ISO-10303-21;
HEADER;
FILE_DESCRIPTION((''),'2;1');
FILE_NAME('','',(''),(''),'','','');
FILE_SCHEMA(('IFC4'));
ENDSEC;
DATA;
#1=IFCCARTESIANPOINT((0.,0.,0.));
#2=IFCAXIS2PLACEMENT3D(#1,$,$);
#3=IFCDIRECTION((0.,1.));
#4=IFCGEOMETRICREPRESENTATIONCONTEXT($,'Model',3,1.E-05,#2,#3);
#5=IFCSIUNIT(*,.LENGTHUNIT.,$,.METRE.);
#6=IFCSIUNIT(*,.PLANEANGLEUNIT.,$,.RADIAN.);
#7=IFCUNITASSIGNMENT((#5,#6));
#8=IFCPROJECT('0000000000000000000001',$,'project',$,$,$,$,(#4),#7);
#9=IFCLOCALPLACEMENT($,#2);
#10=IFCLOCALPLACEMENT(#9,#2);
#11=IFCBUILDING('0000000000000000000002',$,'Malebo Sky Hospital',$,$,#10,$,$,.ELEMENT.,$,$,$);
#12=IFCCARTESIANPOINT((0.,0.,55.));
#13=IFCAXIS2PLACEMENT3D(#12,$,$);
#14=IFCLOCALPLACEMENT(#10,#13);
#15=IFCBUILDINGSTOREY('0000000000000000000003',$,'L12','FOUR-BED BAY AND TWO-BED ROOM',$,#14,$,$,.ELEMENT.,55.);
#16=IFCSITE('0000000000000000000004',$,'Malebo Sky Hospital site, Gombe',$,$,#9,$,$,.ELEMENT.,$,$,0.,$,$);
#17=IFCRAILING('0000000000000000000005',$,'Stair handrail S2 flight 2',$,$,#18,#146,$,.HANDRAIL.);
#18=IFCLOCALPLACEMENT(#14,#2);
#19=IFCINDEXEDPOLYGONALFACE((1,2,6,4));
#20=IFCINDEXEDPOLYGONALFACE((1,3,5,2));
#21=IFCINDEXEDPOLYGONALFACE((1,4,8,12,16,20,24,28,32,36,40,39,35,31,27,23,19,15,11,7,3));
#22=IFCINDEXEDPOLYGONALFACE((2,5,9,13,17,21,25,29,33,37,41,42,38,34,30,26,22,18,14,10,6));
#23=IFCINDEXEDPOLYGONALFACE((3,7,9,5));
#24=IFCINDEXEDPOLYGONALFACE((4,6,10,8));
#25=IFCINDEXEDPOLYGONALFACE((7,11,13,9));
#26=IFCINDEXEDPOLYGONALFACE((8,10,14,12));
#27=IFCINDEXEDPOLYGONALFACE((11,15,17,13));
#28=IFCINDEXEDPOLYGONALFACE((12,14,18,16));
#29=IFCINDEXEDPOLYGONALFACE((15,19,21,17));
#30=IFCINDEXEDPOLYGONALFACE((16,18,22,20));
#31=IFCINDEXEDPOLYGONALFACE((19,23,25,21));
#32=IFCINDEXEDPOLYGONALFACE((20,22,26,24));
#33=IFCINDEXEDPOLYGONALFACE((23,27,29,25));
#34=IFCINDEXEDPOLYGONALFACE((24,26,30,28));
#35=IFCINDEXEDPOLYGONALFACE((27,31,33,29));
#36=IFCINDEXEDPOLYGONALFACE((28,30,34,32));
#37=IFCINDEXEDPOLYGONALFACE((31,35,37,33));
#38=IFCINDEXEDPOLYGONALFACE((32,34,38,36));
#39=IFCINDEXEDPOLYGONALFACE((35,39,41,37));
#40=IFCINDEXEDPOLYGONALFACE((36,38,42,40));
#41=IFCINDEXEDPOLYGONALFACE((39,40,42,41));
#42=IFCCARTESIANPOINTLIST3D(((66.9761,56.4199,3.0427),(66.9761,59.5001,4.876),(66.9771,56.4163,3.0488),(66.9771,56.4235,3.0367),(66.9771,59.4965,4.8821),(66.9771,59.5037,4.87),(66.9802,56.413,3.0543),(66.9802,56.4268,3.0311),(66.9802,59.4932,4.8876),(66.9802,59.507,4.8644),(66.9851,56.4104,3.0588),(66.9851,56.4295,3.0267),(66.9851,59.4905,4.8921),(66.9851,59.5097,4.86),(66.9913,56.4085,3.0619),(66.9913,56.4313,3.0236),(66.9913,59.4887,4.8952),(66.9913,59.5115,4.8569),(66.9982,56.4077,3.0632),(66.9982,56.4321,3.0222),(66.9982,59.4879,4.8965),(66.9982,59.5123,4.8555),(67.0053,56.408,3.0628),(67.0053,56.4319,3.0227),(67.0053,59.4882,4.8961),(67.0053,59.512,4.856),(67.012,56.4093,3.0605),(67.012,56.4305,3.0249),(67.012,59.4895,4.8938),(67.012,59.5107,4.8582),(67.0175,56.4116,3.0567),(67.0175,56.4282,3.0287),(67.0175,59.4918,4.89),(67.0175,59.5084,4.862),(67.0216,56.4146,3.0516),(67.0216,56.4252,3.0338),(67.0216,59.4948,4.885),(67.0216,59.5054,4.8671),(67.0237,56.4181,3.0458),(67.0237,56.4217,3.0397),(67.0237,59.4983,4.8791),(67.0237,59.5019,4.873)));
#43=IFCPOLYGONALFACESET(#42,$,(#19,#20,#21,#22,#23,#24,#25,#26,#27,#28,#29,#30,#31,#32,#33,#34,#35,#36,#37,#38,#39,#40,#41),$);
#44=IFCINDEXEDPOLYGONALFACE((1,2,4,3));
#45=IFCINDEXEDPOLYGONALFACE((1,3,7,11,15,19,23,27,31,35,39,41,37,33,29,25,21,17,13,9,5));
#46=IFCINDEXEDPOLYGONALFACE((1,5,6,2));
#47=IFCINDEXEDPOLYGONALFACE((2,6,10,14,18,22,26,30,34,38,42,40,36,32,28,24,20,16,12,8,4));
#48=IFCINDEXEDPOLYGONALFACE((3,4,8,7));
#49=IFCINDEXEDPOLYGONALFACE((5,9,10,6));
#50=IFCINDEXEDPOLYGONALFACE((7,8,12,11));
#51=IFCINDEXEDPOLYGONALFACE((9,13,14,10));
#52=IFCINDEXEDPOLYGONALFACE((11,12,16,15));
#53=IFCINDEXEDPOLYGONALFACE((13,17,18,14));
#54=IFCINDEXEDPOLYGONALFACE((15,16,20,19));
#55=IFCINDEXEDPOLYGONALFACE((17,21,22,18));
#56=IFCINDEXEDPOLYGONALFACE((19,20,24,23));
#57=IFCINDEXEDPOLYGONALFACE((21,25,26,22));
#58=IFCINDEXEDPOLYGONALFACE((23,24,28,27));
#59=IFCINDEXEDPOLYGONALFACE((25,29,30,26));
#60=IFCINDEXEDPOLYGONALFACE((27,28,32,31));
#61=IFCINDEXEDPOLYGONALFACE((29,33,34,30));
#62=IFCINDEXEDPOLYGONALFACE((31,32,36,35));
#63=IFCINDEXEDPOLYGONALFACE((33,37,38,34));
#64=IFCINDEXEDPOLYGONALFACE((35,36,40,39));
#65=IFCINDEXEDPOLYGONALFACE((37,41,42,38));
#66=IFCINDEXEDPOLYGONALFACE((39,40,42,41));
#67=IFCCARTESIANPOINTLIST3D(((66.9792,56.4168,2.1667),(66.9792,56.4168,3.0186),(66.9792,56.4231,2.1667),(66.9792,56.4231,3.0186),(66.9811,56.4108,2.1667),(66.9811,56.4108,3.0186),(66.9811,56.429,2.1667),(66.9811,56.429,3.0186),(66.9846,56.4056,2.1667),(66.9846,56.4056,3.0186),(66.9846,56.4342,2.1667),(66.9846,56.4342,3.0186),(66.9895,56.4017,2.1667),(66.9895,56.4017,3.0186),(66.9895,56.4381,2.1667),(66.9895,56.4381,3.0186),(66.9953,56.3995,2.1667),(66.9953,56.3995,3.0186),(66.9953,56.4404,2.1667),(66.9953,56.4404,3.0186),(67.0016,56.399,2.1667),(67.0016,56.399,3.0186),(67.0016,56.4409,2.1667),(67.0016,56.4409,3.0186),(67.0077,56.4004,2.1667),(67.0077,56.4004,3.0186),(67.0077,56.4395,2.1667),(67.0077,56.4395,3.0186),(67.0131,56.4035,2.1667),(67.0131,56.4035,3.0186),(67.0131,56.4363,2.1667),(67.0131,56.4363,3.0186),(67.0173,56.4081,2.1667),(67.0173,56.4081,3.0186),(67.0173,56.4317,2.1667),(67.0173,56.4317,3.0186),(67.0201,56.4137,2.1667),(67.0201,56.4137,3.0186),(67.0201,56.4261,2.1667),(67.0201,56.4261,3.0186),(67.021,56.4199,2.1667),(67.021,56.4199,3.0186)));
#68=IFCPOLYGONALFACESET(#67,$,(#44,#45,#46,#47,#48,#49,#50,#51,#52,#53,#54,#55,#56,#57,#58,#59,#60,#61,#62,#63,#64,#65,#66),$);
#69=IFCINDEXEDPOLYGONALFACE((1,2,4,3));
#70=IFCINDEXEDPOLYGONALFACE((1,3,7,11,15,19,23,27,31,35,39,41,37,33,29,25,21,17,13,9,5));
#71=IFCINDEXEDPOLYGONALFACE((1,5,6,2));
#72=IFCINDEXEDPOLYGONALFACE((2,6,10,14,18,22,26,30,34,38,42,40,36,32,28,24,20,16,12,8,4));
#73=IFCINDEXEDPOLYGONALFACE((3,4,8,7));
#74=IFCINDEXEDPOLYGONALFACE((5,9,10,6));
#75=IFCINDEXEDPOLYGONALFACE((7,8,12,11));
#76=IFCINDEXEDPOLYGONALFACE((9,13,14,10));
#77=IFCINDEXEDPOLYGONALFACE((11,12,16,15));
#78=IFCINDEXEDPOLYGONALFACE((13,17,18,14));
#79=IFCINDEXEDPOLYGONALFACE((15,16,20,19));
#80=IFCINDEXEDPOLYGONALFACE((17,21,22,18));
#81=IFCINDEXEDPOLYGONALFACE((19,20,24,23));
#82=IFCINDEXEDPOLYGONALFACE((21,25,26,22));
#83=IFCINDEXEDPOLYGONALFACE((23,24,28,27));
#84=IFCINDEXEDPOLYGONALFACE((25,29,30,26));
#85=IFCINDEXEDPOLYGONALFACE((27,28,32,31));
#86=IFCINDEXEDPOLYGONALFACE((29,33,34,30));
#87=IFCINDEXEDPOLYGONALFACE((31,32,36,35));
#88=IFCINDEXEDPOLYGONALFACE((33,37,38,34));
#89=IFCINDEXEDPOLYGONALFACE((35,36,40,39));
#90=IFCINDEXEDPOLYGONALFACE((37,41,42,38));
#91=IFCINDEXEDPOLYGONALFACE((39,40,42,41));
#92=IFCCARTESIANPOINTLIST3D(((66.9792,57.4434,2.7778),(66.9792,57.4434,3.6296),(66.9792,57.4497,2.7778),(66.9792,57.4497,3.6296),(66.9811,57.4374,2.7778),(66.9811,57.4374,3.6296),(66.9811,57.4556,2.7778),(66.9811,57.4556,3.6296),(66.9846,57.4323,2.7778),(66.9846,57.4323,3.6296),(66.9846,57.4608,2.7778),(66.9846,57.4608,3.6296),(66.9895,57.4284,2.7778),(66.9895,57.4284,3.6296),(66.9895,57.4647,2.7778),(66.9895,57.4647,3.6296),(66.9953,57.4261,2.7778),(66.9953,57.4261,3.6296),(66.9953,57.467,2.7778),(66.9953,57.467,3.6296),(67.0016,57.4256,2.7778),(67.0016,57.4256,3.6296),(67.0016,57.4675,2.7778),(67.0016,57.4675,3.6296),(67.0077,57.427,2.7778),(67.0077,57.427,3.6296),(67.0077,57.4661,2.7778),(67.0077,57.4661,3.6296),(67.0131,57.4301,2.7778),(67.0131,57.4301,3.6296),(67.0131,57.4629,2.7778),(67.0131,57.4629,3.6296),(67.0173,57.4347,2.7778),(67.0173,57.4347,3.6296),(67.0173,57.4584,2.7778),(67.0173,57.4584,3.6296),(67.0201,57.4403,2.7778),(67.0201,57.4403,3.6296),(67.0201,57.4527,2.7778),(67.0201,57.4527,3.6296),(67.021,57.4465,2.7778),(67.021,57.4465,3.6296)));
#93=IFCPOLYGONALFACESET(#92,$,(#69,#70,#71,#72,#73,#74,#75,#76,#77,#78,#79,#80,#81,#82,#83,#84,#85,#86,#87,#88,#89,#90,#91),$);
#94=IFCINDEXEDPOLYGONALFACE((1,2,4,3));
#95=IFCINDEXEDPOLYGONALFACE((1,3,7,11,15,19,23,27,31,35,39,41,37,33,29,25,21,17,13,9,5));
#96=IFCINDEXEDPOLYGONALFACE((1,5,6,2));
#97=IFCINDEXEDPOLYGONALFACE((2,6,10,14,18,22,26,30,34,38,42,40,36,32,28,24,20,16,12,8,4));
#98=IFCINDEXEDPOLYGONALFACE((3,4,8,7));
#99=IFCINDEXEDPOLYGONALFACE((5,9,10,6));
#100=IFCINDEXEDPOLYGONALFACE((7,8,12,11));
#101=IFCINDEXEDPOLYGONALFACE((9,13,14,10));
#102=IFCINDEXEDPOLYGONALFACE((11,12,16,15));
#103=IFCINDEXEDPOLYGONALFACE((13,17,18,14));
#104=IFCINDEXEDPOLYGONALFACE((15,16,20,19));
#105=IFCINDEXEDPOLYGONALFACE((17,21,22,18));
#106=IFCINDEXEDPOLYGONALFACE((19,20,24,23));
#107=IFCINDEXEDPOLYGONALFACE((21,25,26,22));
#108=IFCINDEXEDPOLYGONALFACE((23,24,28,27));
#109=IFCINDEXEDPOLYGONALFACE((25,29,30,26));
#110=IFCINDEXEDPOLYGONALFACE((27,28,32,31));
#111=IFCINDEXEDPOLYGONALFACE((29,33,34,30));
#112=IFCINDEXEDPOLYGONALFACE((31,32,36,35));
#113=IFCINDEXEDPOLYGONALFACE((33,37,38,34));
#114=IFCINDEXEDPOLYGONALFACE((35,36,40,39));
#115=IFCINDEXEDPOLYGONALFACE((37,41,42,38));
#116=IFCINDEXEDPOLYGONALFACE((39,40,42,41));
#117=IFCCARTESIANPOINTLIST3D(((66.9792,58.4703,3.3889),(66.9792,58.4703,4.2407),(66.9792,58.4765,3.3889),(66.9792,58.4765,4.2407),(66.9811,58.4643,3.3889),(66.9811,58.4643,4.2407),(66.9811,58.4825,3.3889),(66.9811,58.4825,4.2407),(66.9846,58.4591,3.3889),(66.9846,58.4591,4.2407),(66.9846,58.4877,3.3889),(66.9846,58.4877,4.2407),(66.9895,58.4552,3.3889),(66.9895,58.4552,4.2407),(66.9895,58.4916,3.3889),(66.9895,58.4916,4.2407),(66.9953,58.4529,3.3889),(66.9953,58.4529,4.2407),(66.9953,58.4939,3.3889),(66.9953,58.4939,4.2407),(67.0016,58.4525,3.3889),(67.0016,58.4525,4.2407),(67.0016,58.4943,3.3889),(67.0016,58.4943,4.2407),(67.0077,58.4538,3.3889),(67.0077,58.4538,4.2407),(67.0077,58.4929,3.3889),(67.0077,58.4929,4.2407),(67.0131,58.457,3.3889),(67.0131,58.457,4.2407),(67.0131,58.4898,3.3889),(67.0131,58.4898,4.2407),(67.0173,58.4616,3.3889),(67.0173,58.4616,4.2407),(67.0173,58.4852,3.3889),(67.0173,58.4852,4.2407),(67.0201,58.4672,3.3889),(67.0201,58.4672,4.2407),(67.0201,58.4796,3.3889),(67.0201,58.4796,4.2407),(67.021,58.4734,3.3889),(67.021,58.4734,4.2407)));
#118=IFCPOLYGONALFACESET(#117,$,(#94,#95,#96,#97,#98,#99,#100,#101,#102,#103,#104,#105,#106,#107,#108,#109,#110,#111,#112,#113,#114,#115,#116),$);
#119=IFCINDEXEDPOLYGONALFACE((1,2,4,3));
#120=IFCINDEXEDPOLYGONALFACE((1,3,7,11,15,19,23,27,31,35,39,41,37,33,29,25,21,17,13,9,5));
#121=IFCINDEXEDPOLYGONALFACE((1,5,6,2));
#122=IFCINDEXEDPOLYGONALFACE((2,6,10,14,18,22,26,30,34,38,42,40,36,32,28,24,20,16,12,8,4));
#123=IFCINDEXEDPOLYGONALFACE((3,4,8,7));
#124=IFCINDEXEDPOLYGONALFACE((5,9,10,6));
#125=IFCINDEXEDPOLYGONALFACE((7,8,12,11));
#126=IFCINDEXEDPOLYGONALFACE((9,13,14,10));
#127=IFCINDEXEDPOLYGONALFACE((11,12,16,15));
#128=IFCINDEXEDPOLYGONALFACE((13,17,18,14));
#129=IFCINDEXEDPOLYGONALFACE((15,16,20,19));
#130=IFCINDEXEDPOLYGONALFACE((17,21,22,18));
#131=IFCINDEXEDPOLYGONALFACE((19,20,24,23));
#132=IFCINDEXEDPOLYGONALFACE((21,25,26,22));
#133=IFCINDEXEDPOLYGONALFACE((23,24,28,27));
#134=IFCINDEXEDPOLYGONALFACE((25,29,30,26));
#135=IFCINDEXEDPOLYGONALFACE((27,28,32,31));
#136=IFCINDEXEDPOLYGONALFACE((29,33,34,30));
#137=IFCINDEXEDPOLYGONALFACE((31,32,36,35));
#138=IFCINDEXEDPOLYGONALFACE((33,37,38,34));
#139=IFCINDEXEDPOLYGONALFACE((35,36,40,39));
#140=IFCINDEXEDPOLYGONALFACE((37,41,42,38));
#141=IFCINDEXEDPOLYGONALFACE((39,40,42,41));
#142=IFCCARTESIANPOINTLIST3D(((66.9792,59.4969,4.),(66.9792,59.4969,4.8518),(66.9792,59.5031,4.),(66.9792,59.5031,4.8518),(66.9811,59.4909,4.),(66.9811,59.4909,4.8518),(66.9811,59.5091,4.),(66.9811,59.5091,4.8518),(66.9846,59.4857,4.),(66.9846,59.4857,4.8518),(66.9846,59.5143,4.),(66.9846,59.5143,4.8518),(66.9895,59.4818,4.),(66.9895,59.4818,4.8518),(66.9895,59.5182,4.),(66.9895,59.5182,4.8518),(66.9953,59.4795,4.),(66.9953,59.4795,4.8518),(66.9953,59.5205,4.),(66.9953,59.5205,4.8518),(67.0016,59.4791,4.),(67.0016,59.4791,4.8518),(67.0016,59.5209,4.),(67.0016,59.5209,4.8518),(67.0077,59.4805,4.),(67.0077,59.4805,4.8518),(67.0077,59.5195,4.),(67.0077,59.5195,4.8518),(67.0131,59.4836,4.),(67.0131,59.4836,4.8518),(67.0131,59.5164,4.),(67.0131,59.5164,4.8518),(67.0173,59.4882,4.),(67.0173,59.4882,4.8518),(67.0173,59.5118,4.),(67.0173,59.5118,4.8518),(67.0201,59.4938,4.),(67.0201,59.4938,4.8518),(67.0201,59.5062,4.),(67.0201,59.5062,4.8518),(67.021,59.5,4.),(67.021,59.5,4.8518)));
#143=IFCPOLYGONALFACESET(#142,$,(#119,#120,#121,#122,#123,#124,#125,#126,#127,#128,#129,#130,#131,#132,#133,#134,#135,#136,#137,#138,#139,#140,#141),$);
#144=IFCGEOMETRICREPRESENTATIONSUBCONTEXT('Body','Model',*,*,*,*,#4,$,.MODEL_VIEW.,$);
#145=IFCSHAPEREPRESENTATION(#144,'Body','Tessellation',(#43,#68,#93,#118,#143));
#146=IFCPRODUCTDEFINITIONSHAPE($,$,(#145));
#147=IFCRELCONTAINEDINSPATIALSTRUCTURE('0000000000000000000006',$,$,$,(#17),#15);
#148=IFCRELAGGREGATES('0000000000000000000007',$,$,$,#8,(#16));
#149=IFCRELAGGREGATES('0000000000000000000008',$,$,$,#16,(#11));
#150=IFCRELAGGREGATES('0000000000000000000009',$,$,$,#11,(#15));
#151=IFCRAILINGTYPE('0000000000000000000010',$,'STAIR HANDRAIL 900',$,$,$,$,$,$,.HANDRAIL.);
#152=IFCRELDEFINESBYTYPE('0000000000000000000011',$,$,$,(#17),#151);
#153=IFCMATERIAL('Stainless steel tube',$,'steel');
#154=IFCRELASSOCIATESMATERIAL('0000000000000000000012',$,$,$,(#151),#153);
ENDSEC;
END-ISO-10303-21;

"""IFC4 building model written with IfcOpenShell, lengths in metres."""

from ifc_helpers import new_model, si_unit, direction, frame, origin, origin_2d, place, context, subcontext, project, spatial, circle, extrude, material, type_object, element, save


model = new_model("IFC4")

# Units and contexts
model_context = context("Model", 3, precision=1e-05, world=origin(), true_north=direction((0.0, 1.0)))
body_context = subcontext(model_context, "Body", "Model", "MODEL_VIEW")
ifc_project = project(units=[si_unit("LENGTHUNIT", "METRE"), si_unit("PLANEANGLEUNIT", "RADIAN")], contexts=[model_context])

# Site, building, storey
site_placement = place(None, origin())
site = spatial("IfcSite", under=ifc_project, at=site_placement, Name="Malebo Sky Hospital site, Gombe", CompositionType="ELEMENT", RefElevation=0.0)
building_placement = place(site_placement, origin())
building = spatial("IfcBuilding", under=site, at=building_placement, Name="Malebo Sky Hospital", CompositionType="ELEMENT")
storey_placement = place(building_placement, frame((0.0, 0.0, 55.0)))
storey = spatial("IfcBuildingStorey", under=building, at=storey_placement, Name="L12", Description="FOUR-BED BAY AND TWO-BED ROOM", CompositionType="ELEMENT", Elevation=55.0)

# Railing
ifc_material_1 = material(Name="Stainless steel tube", Category="steel")
railing_type = type_object("IfcRailingType", Name="STAIR HANDRAIL 900", PredefinedType="HANDRAIL", material=ifc_material_1)
railing_1_placement = place(storey_placement, frame((67.0, 56.4199, 2.1667)))
element("IfcRailing", 1, at=railing_1_placement, inside=storey, type_object=railing_type, Name="Stair handrail S2 flight 2", PredefinedType="HANDRAIL", context=body_context, shape_type="SweptSolid", body=[
    extrude(circle(Radius=0.0239, at=origin_2d()), frame((0.0, 0.0, 0.876), z_axis=(0.0, 0.859309, 0.511458), x_axis=(-1.0, 0.0, 0.0)), (0.0, 0.0, 1.0), 3.5845),
    extrude(circle(Radius=0.021, at=origin_2d()), origin(), (0.0, 0.0, 1.0), 0.8518),
    extrude(circle(Radius=0.021, at=origin_2d()), frame((0.0, 1.0266, 0.6111)), (0.0, 0.0, 1.0), 0.8518),
    extrude(circle(Radius=0.021, at=origin_2d()), frame((0.0, 2.0535, 1.2222)), (0.0, 0.0, 1.0), 0.8518),
    extrude(circle(Radius=0.021, at=origin_2d()), frame((0.0, 3.0801, 1.8333)), (0.0, 0.0, 1.0), 0.8518),
])

save(model, "model.ifc")
